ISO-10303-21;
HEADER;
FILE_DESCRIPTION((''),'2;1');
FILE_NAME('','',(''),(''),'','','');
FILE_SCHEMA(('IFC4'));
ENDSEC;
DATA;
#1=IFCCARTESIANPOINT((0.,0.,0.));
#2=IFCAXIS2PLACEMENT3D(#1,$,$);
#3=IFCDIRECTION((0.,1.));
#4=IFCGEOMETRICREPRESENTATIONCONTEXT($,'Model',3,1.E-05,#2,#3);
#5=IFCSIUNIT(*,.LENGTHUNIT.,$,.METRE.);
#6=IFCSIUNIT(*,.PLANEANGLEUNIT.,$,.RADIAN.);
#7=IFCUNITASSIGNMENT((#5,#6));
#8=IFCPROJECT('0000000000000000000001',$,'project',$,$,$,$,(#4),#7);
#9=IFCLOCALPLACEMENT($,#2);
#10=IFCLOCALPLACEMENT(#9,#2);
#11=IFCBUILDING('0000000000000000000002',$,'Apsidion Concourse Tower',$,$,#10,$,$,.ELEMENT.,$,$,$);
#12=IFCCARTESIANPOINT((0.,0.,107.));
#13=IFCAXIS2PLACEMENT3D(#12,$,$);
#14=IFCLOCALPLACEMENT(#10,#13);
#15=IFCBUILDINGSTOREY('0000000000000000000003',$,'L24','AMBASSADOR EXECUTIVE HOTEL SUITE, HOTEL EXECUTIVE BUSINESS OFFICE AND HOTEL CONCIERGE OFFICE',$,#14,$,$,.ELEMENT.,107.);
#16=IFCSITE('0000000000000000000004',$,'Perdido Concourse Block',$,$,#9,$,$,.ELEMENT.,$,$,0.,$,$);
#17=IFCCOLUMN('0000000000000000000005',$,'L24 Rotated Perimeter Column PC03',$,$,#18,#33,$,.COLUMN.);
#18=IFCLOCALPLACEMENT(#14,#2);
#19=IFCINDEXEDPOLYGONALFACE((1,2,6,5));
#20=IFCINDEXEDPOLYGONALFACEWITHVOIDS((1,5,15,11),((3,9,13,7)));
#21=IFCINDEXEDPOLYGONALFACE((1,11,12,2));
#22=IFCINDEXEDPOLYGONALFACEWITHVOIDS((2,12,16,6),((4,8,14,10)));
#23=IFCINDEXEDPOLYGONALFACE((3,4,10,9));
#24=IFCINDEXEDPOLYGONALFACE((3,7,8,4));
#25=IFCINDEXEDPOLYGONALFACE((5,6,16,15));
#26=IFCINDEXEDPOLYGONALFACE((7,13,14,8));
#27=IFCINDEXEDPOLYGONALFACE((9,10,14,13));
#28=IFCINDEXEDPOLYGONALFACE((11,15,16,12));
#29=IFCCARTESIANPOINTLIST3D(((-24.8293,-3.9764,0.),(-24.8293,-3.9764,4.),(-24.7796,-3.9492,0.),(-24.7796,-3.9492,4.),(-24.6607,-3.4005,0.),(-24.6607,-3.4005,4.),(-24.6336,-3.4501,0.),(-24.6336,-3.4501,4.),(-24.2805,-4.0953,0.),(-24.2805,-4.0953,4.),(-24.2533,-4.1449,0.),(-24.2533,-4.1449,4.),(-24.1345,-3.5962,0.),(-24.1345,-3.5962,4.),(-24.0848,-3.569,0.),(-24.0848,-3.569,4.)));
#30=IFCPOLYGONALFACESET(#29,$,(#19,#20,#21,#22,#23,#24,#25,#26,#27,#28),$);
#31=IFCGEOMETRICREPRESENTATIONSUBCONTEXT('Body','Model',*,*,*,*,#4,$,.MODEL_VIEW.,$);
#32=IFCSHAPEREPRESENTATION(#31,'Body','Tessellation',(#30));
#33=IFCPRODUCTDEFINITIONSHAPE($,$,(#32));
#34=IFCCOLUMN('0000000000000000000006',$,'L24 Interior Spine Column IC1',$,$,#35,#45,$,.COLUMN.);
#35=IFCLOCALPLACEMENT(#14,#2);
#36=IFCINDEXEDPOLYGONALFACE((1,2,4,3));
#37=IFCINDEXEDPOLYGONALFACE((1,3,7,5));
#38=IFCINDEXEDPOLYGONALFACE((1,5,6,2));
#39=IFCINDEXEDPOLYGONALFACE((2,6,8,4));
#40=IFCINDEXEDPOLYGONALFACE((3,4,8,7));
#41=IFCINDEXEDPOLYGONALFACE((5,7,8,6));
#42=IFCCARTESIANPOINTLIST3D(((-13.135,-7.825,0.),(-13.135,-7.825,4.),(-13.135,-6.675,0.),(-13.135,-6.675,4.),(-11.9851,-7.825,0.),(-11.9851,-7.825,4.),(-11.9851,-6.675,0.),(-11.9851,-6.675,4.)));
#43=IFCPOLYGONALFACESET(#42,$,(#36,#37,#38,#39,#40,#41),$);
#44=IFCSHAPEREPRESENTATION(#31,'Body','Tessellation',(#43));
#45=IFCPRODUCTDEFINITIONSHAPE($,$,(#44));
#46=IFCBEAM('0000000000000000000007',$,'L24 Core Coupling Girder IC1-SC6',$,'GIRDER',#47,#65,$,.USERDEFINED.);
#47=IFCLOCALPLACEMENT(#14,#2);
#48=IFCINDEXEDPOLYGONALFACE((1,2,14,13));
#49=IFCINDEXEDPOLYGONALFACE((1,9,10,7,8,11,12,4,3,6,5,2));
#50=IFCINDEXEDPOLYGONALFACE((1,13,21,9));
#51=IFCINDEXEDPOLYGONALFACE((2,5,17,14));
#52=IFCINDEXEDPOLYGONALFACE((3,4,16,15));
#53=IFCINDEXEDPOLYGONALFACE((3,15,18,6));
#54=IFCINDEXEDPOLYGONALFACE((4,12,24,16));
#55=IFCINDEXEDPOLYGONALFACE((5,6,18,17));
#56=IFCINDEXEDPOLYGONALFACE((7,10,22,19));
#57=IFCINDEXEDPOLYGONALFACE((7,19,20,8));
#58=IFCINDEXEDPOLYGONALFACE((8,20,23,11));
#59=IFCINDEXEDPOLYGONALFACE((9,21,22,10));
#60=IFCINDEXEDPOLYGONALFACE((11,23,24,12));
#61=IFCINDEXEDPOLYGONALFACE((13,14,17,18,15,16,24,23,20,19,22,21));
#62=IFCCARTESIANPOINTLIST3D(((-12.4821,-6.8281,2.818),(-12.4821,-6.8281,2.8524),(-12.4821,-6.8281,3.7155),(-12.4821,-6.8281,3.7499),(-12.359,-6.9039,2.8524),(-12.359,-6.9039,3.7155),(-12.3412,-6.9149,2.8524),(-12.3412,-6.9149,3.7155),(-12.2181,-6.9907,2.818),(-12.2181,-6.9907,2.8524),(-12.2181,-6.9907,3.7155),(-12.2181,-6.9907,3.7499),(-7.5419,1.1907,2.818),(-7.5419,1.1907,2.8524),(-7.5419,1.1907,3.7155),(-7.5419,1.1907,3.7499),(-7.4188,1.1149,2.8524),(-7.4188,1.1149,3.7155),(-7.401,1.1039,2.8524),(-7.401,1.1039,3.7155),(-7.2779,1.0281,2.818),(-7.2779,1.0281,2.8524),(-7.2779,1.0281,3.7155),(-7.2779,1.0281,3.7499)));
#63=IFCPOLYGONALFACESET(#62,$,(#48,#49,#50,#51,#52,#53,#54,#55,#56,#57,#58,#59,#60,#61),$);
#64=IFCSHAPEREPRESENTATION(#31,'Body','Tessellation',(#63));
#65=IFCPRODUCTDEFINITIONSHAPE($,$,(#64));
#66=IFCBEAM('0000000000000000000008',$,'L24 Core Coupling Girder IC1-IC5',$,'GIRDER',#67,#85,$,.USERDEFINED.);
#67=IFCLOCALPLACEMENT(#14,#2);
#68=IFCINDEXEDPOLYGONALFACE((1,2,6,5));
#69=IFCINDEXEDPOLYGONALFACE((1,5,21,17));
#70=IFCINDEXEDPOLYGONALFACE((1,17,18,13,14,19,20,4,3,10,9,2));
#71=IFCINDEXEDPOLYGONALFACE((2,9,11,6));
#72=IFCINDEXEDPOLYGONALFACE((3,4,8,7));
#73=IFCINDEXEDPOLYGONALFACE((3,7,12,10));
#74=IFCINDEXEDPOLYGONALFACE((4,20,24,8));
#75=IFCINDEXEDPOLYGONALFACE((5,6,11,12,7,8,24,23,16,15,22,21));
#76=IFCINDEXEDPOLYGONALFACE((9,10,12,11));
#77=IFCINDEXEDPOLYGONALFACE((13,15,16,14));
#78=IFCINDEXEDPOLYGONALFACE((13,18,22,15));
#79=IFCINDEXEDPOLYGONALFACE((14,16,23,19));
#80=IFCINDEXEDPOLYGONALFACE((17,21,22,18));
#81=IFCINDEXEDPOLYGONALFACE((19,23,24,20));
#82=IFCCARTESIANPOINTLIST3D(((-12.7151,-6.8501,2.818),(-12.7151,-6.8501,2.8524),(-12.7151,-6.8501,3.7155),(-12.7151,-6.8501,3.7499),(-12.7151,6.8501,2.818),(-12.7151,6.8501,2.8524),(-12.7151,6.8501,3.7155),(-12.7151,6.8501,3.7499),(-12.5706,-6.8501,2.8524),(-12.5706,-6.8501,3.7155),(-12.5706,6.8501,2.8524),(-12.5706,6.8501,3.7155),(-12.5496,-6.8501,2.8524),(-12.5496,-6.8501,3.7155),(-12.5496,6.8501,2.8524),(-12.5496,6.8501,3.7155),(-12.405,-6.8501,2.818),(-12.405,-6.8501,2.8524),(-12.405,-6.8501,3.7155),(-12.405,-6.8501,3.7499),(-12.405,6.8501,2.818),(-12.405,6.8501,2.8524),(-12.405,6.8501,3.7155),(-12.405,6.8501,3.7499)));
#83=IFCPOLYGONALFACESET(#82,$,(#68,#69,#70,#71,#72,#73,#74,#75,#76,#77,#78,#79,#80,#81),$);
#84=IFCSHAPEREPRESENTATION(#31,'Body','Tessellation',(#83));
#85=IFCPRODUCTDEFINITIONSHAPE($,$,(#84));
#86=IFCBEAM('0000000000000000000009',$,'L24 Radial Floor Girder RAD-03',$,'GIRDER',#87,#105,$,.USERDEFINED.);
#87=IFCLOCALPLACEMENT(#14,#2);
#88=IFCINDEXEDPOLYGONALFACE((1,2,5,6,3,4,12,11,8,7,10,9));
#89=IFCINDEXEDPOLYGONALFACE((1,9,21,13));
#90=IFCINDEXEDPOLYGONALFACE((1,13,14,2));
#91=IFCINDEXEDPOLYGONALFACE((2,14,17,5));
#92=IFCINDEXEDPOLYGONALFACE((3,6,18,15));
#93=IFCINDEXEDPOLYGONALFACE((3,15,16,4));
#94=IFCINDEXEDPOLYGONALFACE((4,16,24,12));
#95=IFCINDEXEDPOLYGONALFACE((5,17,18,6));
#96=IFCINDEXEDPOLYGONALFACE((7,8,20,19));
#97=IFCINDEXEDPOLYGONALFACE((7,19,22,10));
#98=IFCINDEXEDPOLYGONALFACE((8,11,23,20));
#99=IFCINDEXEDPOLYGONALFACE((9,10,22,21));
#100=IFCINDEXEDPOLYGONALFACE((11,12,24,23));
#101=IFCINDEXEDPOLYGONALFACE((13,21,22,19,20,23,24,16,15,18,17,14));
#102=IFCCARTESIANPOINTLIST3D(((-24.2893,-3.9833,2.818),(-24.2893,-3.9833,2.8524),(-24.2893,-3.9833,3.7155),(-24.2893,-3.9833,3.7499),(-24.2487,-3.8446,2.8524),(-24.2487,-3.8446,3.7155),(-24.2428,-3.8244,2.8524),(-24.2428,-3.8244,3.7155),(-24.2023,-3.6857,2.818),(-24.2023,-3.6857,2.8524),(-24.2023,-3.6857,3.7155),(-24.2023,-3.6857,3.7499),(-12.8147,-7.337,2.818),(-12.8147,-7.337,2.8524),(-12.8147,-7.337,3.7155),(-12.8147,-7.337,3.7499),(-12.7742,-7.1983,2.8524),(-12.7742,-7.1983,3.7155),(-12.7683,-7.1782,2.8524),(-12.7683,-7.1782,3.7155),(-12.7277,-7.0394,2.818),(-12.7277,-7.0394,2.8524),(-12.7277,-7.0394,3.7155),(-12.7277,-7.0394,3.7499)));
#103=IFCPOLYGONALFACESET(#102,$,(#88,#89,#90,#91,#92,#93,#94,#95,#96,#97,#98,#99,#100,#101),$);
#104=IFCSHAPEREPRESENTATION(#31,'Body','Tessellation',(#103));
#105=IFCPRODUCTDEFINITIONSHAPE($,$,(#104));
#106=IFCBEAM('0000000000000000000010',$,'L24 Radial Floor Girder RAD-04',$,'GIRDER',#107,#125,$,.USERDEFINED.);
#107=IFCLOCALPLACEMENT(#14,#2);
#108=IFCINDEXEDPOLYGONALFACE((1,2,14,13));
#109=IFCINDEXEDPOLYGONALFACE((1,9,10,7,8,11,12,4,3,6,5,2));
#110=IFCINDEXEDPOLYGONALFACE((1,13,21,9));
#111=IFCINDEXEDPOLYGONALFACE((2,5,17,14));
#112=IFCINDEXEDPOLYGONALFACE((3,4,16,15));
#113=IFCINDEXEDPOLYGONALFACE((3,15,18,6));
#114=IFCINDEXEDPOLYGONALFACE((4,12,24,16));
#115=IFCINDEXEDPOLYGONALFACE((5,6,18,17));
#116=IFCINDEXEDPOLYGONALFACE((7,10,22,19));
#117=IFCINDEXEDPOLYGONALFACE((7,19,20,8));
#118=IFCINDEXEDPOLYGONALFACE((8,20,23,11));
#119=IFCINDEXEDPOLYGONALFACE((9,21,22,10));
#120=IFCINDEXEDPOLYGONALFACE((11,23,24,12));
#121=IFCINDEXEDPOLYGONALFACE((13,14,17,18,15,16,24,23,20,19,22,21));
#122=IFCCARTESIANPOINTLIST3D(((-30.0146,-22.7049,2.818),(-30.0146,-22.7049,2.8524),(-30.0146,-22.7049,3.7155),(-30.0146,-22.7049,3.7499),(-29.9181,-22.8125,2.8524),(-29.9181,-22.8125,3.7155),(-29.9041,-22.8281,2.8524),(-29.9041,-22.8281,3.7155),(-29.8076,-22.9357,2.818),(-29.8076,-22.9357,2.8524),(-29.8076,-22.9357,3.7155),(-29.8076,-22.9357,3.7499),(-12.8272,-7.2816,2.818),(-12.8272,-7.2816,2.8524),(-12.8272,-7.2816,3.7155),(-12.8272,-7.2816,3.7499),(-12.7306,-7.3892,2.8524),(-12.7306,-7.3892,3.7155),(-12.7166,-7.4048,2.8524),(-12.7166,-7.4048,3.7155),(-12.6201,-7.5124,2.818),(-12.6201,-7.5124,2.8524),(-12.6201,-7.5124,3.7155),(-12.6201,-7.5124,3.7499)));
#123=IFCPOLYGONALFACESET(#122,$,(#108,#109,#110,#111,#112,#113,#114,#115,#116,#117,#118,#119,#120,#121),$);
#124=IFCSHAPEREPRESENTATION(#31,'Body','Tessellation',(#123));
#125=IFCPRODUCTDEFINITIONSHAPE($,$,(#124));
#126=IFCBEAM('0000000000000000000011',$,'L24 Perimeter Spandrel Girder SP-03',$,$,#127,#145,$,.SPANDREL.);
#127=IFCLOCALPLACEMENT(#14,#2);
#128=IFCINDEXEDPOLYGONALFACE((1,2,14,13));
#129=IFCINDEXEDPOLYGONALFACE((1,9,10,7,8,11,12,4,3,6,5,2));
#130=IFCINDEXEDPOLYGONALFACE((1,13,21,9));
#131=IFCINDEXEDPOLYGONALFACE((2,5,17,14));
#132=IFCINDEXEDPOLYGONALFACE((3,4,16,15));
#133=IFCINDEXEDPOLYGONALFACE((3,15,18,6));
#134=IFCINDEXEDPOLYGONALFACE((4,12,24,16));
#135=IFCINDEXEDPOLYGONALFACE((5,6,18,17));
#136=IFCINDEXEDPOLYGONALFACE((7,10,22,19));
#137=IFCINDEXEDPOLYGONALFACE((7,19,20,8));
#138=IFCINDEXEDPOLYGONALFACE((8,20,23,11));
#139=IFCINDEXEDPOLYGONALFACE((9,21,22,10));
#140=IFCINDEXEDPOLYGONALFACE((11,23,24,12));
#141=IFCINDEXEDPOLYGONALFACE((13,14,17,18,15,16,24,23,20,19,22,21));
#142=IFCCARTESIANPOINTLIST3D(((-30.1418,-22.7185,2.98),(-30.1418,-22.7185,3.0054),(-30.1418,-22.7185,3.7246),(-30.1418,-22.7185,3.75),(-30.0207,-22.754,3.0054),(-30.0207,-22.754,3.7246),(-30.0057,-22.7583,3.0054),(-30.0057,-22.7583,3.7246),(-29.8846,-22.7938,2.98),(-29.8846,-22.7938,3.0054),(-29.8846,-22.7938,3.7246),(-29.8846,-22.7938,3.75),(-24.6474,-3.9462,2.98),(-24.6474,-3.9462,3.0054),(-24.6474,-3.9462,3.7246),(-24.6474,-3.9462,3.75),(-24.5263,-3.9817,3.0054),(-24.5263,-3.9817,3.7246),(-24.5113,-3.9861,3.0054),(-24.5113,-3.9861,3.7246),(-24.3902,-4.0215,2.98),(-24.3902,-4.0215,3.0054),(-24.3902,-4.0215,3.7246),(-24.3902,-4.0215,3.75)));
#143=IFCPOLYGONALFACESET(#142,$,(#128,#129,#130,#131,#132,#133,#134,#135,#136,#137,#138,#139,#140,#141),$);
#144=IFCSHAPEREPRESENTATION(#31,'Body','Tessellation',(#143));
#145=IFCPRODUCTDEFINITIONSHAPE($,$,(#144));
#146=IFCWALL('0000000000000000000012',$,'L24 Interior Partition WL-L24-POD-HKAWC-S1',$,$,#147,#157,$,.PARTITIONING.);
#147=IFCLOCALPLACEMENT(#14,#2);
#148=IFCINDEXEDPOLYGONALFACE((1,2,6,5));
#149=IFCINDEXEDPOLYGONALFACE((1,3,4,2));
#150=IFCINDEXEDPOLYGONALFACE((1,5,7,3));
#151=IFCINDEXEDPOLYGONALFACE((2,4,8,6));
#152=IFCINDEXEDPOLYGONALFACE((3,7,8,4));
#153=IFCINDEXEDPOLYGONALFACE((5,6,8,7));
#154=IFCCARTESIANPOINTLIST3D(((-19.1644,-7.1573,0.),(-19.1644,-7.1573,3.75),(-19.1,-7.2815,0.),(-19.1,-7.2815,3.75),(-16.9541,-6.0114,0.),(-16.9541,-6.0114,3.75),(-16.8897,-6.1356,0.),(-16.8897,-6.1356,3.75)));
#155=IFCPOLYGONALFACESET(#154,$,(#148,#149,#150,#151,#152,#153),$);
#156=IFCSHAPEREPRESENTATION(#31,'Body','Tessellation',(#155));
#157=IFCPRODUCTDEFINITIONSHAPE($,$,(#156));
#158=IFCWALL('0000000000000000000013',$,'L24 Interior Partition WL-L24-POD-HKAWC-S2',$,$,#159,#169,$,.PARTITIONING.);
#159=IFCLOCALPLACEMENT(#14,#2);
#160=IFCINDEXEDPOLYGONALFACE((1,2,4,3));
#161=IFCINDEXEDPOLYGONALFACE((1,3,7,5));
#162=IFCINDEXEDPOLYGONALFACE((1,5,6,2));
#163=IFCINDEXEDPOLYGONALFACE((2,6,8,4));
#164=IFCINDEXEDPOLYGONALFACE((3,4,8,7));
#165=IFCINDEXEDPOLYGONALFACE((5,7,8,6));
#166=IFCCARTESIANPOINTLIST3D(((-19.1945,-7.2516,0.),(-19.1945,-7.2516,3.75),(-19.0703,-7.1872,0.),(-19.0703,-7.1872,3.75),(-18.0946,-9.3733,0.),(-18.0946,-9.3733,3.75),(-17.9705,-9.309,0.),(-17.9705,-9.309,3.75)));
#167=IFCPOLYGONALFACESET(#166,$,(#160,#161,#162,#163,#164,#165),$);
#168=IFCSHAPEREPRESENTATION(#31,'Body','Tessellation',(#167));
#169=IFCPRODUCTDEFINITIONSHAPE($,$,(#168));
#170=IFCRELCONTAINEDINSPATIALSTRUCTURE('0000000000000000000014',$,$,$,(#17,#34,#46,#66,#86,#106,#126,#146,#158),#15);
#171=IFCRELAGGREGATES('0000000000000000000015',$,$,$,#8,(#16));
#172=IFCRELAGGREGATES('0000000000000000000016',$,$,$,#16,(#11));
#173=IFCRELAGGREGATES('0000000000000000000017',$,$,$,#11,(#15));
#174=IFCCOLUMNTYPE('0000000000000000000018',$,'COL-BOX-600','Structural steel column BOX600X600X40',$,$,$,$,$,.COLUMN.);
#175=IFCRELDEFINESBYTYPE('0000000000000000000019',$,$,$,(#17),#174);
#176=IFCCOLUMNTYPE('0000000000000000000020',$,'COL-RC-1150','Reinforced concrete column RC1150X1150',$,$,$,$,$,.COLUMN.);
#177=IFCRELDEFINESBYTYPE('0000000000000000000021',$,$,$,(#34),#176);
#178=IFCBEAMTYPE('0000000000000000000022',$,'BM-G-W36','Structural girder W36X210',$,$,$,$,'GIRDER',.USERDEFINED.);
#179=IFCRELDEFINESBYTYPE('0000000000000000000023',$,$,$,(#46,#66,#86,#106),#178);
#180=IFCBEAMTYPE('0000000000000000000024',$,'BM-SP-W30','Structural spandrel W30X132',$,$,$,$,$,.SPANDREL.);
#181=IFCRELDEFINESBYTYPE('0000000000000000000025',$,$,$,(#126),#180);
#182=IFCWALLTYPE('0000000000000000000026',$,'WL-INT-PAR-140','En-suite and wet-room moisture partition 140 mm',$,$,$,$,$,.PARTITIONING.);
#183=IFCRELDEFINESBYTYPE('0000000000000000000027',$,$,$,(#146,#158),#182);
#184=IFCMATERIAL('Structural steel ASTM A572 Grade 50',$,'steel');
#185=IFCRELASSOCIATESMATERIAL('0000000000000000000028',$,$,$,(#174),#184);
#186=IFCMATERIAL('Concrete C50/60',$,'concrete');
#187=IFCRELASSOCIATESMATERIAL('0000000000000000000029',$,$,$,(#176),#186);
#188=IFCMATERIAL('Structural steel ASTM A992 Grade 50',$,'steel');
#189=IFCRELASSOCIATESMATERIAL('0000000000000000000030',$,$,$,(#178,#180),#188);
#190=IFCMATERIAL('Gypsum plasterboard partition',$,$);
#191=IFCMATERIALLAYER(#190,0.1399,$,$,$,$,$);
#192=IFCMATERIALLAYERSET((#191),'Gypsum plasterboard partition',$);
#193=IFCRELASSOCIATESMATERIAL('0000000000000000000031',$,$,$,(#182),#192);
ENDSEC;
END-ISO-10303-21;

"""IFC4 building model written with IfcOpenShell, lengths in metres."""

from ifc_helpers import new_model, si_unit, direction, frame, frame_2d, origin, origin_2d, place, context, subcontext, project, spatial, rectangle, hollow_rectangle, i_section, extrude, material, layer, layer_set, material_profile, profile_set, type_object, element, save


model = new_model("IFC4")

# Units and contexts
model_context = context("Model", 3, precision=1e-05, world=origin(), true_north=direction((0.0, 1.0)))
body_context = subcontext(model_context, "Body", "Model", "MODEL_VIEW")
ifc_project = project(units=[si_unit("LENGTHUNIT", "METRE"), si_unit("PLANEANGLEUNIT", "RADIAN")], contexts=[model_context])

# Site, building, storey
site_placement = place(None, origin())
site = spatial("IfcSite", under=ifc_project, at=site_placement, Name="Perdido Concourse Block", CompositionType="ELEMENT", RefElevation=0.0)
building_placement = place(site_placement, origin())
building = spatial("IfcBuilding", under=site, at=building_placement, Name="Apsidion Concourse Tower", CompositionType="ELEMENT")
storey_placement = place(building_placement, frame((0.0, 0.0, 107.0)))
storey = spatial("IfcBuildingStorey", under=building, at=storey_placement, Name="L24", Description="AMBASSADOR EXECUTIVE HOTEL SUITE, HOTEL EXECUTIVE BUSINESS OFFICE AND HOTEL CONCIERGE OFFICE", CompositionType="ELEMENT", Elevation=107.0)

# Columns
ifc_material_1 = material(Name="Structural steel ASTM A572 Grade 50", Category="steel")
ifc_material_profile_1 = material_profile(ifc_material_1, hollow_rectangle(XDim=0.6001, YDim=0.6001, WallThickness=0.04, at=origin_2d()), Name="BOX600X600X40")
ifc_profile_set_1 = profile_set([ifc_material_profile_1], Name="Structural steel ASTM A572 Grade 50")
column_type_1 = type_object("IfcColumnType", Name="COL-BOX-600", Description="Structural steel column BOX600X600X40", PredefinedType="COLUMN", material=ifc_profile_set_1)
column_1_placement = place(storey_placement, frame((-24.457, -3.7727, 0.0), z_axis=(0.0, 0.0, 1.0), x_axis=(0.280834, 0.959756, 0.0)))
element("IfcColumn", 1, at=column_1_placement, inside=storey, type_object=column_type_1, Name="L24 Rotated Perimeter Column PC03", PredefinedType="COLUMN", context=body_context, shape_type="SweptSolid", body=[
    extrude(hollow_rectangle(XDim=0.6001, YDim=0.6001, WallThickness=0.04, at=origin_2d()), origin(), (0.0, 0.0, 1.0), 4.0),
])
ifc_material_2 = material(Name="Concrete C50/60", Category="concrete")
ifc_material_profile_2 = material_profile(ifc_material_2, rectangle(XDim=1.1499, YDim=1.1499, at=origin_2d()), Name="RC 1150x1150")
ifc_profile_set_2 = profile_set([ifc_material_profile_2], Name="Concrete C50/60")
column_type_2 = type_object("IfcColumnType", Name="COL-RC-1150", Description="Reinforced concrete column RC1150X1150", PredefinedType="COLUMN", material=ifc_profile_set_2)
column_2_placement = place(storey_placement, frame((-12.5601, -7.25, 0.0), z_axis=(0.0, 0.0, 1.0), x_axis=(1.0, 0.0, 0.0)))
element("IfcColumn", 2, at=column_2_placement, inside=storey, type_object=column_type_2, Name="L24 Interior Spine Column IC1", PredefinedType="COLUMN", context=body_context, shape_type="SweptSolid", body=[
    extrude(rectangle(XDim=1.1499, YDim=1.1499, at=origin_2d()), origin(), (0.0, 0.0, 1.0), 4.0),
])

# Beams
ifc_material_3 = material(Name="Structural steel ASTM A992 Grade 50", Category="steel")
ifc_material_profile_3 = material_profile(ifc_material_3, i_section(OverallWidth=0.3101, OverallDepth=0.9319, WebThickness=0.021, FlangeThickness=0.0344, at=origin_2d()), Name="W36X210")
ifc_profile_set_3 = profile_set([ifc_material_profile_3], Name="Structural steel ASTM A992 Grade 50")
beam_type_1 = type_object("IfcBeamType", Name="BM-G-W36", Description="Structural girder W36X210", ElementType="GIRDER", PredefinedType="USERDEFINED", material=ifc_profile_set_3)
beam_1_placement = place(storey_placement, frame((-12.3501, -6.9094, 3.2839), z_axis=(0.524524, 0.851396, 0.0), x_axis=(-0.851396, 0.524524, 0.0)))
element("IfcBeam", 3, at=beam_1_placement, inside=storey, type_object=beam_type_1, Name="L24 Core Coupling Girder IC1-SC6", ObjectType="GIRDER", PredefinedType="USERDEFINED", context=body_context, shape_type="SweptSolid", body=[
    extrude(i_section(OverallWidth=0.3101, OverallDepth=0.9319, WebThickness=0.021, FlangeThickness=0.0344, at=origin_2d()), origin(), (0.0, 0.0, 1.0), 9.4185),
])
beam_2_placement = place(storey_placement, frame((-12.5601, -6.8501, 3.2839), z_axis=(0.0, 1.0, 0.0), x_axis=(-1.0, 0.0, 0.0)))
element("IfcBeam", 4, at=beam_2_placement, inside=storey, type_object=beam_type_1, Name="L24 Core Coupling Girder IC1-IC5", ObjectType="GIRDER", PredefinedType="USERDEFINED", context=body_context, shape_type="SweptSolid", body=[
    extrude(i_section(OverallWidth=0.3101, OverallDepth=0.9319, WebThickness=0.021, FlangeThickness=0.0344, at=origin_2d()), origin(), (0.0, 0.0, 1.0), 13.7002),
])
beam_3_placement = place(storey_placement, frame((-12.7712, -7.1882, 3.2839), z_axis=(-0.959842, 0.280539, 0.0), x_axis=(-0.280539, -0.959842, 0.0)))
element("IfcBeam", 5, at=beam_3_placement, inside=storey, type_object=beam_type_1, Name="L24 Radial Floor Girder RAD-03", ObjectType="GIRDER", PredefinedType="USERDEFINED", context=body_context, shape_type="SweptSolid", body=[
    extrude(i_section(OverallWidth=0.3101, OverallDepth=0.9319, WebThickness=0.021, FlangeThickness=0.0344, at=origin_2d()), origin(), (0.0, 0.0, 1.0), 11.9546),
])
beam_4_placement = place(storey_placement, frame((-12.7236, -7.397, 3.2839), z_axis=(-0.744271, -0.667878, 0.0), x_axis=(0.667878, -0.744271, 0.0)))
element("IfcBeam", 6, at=beam_4_placement, inside=storey, type_object=beam_type_1, Name="L24 Radial Floor Girder RAD-04", ObjectType="GIRDER", PredefinedType="USERDEFINED", context=body_context, shape_type="SweptSolid", body=[
    extrude(i_section(OverallWidth=0.3101, OverallDepth=0.9319, WebThickness=0.021, FlangeThickness=0.0344, at=origin_2d()), origin(), (0.0, 0.0, 1.0), 23.093),
])
ifc_material_profile_4 = material_profile(ifc_material_3, i_section(OverallWidth=0.2681, OverallDepth=0.77, WebThickness=0.0156, FlangeThickness=0.0254, at=origin_2d()), Name="W30X132")
ifc_profile_set_4 = profile_set([ifc_material_profile_4], Name="Structural steel ASTM A992 Grade 50")
beam_type_2 = type_object("IfcBeamType", Name="BM-SP-W30", Description="Structural spandrel W30X132", PredefinedType="SPANDREL", material=ifc_profile_set_4)
beam_5_placement = place(storey_placement, frame((-24.5188, -3.9839, 3.365), z_axis=(-0.280902, -0.959736, 0.0), x_axis=(0.959736, -0.280902, 0.0)))
element("IfcBeam", 7, at=beam_5_placement, inside=storey, type_object=beam_type_2, Name="L24 Perimeter Spandrel Girder SP-03", PredefinedType="SPANDREL", context=body_context, shape_type="SweptSolid", body=[
    extrude(i_section(OverallWidth=0.2681, OverallDepth=0.77, WebThickness=0.0156, FlangeThickness=0.0254, at=origin_2d()), origin(), (0.0, 0.0, 1.0), 19.5598),
])

# Walls
ifc_material_4 = material(Name="Gypsum plasterboard partition")
ifc_layer_1 = layer(ifc_material_4, 0.1399)
ifc_layer_set_1 = layer_set([ifc_layer_1], Name="Gypsum plasterboard partition")
wall_type_1 = type_object("IfcWallType", Name="WL-INT-PAR-140", Description="En-suite and wet-room moisture partition 140 mm", PredefinedType="PARTITIONING", material=ifc_layer_set_1)
wall_1_placement = place(storey_placement, frame((-16.9219, -6.0735, 0.0), z_axis=(0.0, 0.0, 1.0), x_axis=(-0.887781, -0.460266, 0.0)))
element("IfcWall", 8, at=wall_1_placement, inside=storey, type_object=wall_type_1, Name="L24 Interior Partition WL-L24-POD-HKAWC-S1", PredefinedType="PARTITIONING", context=body_context, shape_type="SweptSolid", body=[
    extrude(rectangle(XDim=2.4897, YDim=0.1399, at=frame_2d((1.2449, 0.0))), origin(), (0.0, 0.0, 1.0), 3.75),
])
wall_2_placement = place(storey_placement, frame((-19.1323, -7.2195, 0.0), z_axis=(0.0, 0.0, 1.0), x_axis=(0.460201, -0.887815, 0.0)))
element("IfcWall", 9, at=wall_2_placement, inside=storey, type_object=wall_type_1, Name="L24 Interior Partition WL-L24-POD-HKAWC-S2", PredefinedType="PARTITIONING", context=body_context, shape_type="SweptSolid", body=[
    extrude(rectangle(XDim=2.3899, YDim=0.1399, at=frame_2d((1.1948, 0.0))), origin(), (0.0, 0.0, 1.0), 3.75),
])

save(model, "model.ifc")
